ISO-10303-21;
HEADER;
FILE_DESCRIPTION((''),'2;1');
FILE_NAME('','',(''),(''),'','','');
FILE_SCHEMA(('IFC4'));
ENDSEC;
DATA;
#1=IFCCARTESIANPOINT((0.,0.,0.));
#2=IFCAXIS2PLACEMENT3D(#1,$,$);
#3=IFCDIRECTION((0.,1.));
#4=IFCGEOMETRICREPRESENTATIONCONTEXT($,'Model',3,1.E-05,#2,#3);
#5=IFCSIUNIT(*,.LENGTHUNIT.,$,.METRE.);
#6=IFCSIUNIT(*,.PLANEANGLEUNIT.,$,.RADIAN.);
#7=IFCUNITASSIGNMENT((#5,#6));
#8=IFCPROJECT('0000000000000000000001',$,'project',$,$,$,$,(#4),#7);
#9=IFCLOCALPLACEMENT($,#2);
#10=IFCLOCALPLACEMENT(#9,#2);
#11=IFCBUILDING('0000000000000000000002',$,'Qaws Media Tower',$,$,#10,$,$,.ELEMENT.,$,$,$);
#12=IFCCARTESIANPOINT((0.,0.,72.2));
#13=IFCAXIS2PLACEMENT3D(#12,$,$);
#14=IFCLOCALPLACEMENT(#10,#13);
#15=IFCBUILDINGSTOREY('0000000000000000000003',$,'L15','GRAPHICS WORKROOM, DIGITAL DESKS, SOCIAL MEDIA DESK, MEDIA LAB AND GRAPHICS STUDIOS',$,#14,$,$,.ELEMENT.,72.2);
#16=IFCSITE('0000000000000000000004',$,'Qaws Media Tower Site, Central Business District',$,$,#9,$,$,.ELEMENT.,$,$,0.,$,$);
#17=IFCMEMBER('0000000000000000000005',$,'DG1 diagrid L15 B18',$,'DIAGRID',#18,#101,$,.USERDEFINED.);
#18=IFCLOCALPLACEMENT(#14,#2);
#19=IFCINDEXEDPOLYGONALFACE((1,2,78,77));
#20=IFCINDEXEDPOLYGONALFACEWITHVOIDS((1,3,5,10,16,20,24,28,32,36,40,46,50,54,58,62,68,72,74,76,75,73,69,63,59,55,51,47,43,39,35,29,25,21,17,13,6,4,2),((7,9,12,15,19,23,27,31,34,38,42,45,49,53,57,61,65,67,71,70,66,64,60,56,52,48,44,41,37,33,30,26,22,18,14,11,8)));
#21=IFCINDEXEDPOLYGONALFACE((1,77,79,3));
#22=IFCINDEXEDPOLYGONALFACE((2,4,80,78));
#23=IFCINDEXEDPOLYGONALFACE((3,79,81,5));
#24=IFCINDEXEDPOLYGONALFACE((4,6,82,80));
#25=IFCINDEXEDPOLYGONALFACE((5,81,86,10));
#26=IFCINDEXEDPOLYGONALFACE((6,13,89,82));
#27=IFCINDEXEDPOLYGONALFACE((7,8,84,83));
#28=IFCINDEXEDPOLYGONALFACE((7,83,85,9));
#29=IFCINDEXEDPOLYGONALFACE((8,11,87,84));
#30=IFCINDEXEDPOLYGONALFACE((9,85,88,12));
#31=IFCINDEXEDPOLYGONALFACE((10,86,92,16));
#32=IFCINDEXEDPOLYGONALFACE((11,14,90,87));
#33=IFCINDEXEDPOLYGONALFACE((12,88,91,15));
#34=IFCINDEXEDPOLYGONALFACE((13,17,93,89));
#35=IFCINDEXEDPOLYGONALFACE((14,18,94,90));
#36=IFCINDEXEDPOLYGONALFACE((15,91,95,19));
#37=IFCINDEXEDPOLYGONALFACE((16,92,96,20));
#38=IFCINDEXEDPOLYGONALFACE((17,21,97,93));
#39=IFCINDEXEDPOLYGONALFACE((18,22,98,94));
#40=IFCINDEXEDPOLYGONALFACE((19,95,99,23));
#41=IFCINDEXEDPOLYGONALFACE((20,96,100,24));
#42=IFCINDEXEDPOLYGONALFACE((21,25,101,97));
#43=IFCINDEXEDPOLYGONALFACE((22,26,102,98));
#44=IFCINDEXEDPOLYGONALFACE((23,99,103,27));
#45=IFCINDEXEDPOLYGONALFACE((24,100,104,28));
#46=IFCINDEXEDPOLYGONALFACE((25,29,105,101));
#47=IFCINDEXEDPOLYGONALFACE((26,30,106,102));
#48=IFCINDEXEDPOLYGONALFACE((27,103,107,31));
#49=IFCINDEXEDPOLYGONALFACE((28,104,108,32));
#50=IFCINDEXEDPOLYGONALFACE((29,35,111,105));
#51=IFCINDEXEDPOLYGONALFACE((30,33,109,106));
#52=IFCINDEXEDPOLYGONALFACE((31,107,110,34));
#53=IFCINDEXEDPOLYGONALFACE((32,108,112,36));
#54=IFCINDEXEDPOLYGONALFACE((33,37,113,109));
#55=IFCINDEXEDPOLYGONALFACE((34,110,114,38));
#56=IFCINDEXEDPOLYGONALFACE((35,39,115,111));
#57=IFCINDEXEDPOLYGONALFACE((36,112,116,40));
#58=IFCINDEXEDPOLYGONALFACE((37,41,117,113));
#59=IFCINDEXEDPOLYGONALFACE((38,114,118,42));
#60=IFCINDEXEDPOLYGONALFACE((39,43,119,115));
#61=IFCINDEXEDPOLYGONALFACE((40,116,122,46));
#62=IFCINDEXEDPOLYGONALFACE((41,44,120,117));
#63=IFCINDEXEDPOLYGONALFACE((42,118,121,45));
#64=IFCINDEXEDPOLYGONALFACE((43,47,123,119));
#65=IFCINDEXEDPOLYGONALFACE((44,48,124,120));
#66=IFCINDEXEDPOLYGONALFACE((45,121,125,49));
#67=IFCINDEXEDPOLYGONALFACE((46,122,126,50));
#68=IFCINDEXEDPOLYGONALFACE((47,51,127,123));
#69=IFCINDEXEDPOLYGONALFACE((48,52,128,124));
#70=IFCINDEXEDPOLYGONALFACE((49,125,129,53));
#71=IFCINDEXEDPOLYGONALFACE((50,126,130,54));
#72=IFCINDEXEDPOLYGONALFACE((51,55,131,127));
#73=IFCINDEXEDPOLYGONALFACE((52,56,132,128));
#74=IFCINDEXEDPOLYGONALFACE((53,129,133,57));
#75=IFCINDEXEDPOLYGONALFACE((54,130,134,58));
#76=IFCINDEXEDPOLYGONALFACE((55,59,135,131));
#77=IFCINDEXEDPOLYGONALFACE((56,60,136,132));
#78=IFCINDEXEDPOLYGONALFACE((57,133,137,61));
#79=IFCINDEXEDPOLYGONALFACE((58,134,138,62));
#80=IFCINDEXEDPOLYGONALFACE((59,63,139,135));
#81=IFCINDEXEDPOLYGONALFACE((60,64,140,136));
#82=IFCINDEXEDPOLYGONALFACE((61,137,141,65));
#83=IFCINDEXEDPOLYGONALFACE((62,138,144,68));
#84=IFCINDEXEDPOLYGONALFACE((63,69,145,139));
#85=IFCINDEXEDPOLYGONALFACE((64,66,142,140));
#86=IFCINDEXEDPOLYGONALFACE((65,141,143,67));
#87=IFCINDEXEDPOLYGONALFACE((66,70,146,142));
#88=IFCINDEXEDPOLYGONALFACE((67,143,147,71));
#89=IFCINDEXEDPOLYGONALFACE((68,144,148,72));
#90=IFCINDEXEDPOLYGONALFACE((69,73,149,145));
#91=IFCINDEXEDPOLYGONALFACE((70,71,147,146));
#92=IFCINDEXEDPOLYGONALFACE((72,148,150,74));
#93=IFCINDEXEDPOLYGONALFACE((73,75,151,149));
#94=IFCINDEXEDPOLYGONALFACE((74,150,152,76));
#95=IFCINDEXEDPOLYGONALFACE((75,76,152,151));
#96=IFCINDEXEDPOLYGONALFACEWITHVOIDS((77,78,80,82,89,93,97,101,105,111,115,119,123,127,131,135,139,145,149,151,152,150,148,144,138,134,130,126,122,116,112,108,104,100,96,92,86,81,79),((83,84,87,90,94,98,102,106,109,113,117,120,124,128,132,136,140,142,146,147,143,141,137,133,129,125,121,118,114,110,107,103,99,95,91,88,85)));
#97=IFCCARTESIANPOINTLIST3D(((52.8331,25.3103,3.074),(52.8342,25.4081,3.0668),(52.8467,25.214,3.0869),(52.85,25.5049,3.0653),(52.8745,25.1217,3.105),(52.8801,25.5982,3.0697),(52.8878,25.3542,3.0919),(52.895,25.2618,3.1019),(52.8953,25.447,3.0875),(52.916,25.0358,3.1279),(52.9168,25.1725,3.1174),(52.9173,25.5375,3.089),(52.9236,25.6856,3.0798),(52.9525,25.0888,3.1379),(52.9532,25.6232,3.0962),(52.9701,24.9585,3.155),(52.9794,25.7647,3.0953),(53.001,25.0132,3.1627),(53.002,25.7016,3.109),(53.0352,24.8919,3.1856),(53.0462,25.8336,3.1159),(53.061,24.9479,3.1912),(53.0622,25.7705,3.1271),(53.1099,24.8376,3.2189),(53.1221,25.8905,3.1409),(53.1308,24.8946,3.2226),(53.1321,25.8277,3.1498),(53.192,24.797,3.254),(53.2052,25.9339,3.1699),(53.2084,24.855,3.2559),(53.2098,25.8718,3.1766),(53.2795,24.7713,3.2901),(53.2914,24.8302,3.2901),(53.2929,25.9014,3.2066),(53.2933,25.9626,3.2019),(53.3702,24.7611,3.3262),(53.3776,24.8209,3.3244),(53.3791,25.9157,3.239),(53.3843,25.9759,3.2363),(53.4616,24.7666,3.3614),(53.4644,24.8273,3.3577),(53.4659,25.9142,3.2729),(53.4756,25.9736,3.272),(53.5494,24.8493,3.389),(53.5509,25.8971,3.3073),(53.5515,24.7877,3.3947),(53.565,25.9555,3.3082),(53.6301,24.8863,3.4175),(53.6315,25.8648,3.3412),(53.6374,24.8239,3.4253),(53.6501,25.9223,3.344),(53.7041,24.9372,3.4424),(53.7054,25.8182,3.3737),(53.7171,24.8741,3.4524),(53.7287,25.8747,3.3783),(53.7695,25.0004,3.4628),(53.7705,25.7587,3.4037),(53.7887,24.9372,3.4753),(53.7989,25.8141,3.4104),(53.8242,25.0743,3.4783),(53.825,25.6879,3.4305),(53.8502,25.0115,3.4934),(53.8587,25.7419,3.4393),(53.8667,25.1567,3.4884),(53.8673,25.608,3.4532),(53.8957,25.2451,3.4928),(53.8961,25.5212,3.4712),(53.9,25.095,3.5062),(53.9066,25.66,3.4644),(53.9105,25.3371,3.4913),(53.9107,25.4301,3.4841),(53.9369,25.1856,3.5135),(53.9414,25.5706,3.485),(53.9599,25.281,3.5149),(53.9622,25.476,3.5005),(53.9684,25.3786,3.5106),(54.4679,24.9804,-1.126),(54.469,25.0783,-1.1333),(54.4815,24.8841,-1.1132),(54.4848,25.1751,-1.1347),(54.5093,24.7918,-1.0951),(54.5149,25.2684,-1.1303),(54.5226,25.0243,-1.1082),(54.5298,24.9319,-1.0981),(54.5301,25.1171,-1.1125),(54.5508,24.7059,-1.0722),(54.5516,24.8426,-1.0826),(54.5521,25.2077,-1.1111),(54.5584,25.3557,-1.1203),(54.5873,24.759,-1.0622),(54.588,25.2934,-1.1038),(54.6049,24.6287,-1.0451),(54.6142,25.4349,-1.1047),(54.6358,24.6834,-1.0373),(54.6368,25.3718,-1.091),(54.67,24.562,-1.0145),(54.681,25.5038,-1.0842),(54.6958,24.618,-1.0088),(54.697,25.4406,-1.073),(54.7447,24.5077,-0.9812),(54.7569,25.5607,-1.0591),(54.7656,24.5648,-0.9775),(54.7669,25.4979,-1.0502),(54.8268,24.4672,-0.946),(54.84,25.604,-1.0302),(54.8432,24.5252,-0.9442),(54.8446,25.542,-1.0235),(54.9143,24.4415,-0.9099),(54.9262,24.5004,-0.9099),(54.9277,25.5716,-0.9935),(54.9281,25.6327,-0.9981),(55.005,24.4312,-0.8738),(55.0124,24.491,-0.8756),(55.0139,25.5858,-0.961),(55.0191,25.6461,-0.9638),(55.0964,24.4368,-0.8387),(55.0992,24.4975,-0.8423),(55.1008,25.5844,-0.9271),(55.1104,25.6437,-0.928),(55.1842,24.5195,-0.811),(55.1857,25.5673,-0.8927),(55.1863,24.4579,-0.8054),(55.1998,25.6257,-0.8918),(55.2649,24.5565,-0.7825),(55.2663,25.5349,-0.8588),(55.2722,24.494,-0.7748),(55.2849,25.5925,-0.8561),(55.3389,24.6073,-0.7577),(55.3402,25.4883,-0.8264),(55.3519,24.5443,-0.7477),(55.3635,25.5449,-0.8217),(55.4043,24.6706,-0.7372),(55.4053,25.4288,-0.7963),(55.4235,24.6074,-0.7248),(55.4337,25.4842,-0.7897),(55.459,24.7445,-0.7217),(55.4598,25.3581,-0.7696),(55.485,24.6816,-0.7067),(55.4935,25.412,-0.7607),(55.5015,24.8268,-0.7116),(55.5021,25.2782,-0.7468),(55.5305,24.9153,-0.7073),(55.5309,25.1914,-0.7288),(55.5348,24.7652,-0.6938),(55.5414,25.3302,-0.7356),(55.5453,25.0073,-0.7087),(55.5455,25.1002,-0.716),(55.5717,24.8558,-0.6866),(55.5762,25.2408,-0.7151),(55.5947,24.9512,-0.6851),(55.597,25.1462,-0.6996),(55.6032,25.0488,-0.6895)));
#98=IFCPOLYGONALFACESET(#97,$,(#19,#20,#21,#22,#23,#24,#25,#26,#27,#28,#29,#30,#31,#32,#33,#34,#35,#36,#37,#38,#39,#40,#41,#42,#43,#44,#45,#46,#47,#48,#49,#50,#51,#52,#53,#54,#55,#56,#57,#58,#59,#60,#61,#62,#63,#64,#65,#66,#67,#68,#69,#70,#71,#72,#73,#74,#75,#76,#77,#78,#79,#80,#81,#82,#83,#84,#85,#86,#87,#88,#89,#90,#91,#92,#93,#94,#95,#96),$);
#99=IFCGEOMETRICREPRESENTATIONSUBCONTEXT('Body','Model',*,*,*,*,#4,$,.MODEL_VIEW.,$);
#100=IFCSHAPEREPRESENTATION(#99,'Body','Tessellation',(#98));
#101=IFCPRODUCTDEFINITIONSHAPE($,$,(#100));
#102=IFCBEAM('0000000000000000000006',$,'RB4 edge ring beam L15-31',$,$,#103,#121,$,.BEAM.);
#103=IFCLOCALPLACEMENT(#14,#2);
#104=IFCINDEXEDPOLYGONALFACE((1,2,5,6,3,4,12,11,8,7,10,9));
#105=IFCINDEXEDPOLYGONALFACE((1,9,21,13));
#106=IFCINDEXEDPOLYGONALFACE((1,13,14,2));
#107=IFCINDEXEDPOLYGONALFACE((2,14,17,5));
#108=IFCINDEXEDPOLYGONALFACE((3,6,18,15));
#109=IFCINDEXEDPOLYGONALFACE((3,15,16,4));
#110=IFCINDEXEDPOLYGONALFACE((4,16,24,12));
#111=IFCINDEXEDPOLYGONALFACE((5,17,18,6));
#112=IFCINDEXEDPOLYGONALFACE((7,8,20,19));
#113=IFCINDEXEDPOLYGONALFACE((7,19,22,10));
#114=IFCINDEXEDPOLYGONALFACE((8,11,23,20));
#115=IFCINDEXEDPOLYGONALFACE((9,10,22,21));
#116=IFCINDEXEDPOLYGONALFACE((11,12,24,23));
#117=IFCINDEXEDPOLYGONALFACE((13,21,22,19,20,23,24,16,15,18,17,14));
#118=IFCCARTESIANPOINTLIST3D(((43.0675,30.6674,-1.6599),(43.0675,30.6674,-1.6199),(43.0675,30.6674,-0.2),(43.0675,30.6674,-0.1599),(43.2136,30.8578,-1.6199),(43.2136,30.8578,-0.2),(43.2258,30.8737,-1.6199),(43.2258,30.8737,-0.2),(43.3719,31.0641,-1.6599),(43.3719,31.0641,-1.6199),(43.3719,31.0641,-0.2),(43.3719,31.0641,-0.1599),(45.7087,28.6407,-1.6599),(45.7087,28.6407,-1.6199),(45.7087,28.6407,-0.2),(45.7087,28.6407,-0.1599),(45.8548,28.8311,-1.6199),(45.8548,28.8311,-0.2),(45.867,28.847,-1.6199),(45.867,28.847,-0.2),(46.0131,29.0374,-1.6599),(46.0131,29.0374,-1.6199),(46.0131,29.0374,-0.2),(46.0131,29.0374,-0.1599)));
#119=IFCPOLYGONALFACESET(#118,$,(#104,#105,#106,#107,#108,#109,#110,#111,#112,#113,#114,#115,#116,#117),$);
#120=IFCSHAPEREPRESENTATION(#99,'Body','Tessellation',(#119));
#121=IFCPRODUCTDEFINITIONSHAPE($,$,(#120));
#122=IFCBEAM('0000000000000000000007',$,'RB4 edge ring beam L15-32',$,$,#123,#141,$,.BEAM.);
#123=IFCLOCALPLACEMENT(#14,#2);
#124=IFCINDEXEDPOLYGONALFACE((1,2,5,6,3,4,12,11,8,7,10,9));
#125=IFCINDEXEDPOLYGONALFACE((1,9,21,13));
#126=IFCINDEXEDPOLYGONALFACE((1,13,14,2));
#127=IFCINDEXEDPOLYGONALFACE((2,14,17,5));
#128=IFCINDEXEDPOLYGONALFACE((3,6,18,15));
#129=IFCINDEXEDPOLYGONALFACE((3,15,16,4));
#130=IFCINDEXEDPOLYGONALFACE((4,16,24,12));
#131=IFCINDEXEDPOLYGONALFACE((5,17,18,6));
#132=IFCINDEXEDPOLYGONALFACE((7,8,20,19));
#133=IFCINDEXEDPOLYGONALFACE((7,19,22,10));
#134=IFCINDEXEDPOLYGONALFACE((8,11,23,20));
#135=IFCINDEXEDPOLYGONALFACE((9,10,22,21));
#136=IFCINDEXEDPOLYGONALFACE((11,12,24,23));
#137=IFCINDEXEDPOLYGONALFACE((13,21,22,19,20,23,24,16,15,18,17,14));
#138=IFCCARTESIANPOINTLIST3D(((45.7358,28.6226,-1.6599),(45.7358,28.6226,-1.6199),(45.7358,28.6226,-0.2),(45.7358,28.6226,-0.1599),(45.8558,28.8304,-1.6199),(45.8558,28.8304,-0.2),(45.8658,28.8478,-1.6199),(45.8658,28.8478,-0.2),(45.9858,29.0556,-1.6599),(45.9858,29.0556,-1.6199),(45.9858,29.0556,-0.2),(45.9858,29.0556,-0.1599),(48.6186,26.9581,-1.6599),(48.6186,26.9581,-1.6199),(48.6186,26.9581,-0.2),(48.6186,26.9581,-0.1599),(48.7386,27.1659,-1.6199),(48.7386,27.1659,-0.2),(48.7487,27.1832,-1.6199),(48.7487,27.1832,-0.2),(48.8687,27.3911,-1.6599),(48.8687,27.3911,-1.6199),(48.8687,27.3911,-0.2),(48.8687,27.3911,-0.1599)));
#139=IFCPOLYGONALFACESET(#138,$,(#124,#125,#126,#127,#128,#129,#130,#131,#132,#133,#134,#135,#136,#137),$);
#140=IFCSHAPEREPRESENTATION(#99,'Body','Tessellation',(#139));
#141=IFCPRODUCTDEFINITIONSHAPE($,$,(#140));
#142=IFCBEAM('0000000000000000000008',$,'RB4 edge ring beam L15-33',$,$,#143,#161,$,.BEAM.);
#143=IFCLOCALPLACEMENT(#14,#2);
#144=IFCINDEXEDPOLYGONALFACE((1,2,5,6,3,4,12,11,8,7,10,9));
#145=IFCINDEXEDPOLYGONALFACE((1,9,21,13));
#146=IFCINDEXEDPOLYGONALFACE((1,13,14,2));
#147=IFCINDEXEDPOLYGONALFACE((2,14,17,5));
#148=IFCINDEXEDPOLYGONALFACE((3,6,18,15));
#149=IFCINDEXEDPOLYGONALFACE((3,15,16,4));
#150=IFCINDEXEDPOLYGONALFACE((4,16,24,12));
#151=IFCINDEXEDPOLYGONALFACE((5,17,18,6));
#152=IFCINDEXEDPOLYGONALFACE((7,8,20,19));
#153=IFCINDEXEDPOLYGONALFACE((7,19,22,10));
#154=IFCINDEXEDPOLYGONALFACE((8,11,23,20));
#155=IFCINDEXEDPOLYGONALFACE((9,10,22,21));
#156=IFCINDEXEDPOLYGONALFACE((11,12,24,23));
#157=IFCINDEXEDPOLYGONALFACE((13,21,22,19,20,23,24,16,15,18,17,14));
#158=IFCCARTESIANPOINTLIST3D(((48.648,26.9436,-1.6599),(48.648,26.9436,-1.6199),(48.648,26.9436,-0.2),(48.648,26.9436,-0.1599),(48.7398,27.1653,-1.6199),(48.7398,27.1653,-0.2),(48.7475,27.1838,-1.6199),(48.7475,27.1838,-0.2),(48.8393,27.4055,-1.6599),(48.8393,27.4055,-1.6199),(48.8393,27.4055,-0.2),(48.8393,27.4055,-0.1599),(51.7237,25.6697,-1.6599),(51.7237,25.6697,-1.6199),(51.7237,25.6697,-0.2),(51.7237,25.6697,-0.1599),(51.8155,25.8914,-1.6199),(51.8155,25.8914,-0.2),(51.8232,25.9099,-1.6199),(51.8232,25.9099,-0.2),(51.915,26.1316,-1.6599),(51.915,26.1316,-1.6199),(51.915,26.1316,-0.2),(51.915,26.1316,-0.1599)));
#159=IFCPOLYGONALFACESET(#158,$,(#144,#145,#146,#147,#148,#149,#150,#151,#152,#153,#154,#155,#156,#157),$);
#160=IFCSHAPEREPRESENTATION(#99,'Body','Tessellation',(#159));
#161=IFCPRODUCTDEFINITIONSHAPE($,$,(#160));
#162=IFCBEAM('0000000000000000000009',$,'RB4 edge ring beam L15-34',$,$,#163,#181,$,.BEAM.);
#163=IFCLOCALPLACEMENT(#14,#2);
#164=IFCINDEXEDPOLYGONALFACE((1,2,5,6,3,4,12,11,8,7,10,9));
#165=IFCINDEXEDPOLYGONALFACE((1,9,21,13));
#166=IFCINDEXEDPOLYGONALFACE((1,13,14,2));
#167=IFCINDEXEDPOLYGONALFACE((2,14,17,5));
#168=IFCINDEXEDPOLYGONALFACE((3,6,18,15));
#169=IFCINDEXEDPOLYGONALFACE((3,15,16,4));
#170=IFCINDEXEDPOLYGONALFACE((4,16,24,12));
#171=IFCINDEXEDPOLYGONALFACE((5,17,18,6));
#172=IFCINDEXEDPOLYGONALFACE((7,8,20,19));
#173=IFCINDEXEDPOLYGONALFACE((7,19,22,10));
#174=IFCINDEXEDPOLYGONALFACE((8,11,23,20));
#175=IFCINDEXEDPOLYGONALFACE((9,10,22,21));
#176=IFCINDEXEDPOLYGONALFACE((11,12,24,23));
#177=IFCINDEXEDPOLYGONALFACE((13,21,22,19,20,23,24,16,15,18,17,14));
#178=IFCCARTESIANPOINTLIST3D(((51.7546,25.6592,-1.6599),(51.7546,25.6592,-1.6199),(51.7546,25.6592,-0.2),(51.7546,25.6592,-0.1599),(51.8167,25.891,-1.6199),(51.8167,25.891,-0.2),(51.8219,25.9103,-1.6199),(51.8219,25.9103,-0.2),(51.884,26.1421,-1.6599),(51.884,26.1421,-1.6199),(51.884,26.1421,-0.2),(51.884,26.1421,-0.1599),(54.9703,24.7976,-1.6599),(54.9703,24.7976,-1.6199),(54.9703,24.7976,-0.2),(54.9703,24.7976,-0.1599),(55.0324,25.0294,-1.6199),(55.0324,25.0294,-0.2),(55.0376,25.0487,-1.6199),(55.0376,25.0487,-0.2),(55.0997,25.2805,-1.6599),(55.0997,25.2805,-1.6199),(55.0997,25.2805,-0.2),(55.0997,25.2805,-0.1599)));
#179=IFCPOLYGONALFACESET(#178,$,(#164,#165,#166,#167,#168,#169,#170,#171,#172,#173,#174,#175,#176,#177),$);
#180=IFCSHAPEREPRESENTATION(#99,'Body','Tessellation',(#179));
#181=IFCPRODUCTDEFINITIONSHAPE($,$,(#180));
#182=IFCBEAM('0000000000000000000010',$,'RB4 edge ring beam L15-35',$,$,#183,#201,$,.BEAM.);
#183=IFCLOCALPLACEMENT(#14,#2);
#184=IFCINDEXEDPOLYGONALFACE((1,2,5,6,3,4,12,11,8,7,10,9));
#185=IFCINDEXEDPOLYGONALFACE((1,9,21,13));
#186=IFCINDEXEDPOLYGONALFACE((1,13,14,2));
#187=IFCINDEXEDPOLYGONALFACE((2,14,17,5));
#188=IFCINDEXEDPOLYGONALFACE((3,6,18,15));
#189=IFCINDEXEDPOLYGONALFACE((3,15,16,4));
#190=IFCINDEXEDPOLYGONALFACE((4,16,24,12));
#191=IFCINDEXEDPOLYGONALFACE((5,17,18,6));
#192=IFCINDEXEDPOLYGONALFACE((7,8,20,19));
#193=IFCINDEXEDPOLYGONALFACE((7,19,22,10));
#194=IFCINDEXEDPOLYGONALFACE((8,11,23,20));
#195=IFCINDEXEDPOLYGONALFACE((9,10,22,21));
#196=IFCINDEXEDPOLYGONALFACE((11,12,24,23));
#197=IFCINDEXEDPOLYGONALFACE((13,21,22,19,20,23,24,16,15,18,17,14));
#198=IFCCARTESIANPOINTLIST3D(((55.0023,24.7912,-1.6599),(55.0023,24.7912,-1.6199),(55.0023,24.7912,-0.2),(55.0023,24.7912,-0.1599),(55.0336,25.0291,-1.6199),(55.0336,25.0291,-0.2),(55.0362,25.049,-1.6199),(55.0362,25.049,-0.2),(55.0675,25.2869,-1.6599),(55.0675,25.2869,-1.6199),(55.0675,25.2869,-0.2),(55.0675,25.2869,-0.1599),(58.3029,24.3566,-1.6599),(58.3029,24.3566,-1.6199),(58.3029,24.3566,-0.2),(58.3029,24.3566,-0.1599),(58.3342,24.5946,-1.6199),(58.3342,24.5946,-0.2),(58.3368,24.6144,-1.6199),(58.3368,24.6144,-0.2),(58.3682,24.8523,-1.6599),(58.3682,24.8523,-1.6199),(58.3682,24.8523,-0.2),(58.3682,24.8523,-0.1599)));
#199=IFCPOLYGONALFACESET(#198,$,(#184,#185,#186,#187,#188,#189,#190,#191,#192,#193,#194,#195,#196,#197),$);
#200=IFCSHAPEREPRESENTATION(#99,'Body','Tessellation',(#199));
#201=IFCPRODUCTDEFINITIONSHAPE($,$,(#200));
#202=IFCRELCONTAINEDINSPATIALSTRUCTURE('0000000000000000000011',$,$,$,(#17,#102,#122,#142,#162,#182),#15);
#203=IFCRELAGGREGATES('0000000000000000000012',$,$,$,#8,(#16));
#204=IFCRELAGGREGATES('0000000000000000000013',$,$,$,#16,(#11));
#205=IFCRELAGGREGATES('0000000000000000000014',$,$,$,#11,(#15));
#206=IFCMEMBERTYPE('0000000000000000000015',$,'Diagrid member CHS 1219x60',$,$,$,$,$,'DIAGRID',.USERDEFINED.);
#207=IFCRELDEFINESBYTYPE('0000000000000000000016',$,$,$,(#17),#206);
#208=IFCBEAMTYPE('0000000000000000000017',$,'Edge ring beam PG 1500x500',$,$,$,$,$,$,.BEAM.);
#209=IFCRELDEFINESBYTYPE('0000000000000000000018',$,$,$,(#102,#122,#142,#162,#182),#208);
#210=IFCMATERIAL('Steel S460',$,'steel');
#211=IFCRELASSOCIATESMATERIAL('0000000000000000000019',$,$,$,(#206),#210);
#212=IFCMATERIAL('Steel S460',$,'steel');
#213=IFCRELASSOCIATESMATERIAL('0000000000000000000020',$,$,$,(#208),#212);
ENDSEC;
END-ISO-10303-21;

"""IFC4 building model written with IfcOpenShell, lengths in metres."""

from ifc_helpers import new_model, si_unit, direction, frame, origin, origin_2d, place, context, subcontext, project, spatial, hollow_circle, i_section, extrude, material, material_profile, profile_set, type_object, element, save


model = new_model("IFC4")

# Units and contexts
model_context = context("Model", 3, precision=1e-05, world=origin(), true_north=direction((0.0, 1.0)))
body_context = subcontext(model_context, "Body", "Model", "MODEL_VIEW")
ifc_project = project(units=[si_unit("LENGTHUNIT", "METRE"), si_unit("PLANEANGLEUNIT", "RADIAN")], contexts=[model_context])

# Site, building, storey
site_placement = place(None, origin())
site = spatial("IfcSite", under=ifc_project, at=site_placement, Name="Qaws Media Tower Site, Central Business District", CompositionType="ELEMENT", RefElevation=0.0)
building_placement = place(site_placement, origin())
building = spatial("IfcBuilding", under=site, at=building_placement, Name="Qaws Media Tower", CompositionType="ELEMENT")
storey_placement = place(building_placement, frame((0.0, 0.0, 72.2)))
storey = spatial("IfcBuildingStorey", under=building, at=storey_placement, Name="L15", Description="GRAPHICS WORKROOM, DIGITAL DESKS, SOCIAL MEDIA DESK, MEDIA LAB AND GRAPHICS STUDIOS", CompositionType="ELEMENT", Elevation=72.2)

# Member
ifc_material_1 = material(Name="Steel S460", Category="steel")
ifc_material_profile_1 = material_profile(ifc_material_1, hollow_circle(Radius=0.6096, WallThickness=0.0601, at=origin_2d()), Name="CHS 1219x60")
ifc_profile_set_1 = profile_set([ifc_material_profile_1], Name="Steel S460")
member_type_1 = type_object("IfcMemberType", Name="Diagrid member CHS 1219x60", ElementType="DIAGRID", PredefinedType="USERDEFINED", material=ifc_profile_set_1)
for number, where, z_axis, x_axis, name in (
    (1, (55.0349, 25.0391, -0.9099), (-0.361758, 0.072989, 0.92941), (-0.197777, -0.980247, 0.0), "DG1 diagrid L15 B18"),
):
    element("IfcMember", number, at=place(storey_placement, frame(where, z_axis=z_axis, x_axis=x_axis)), inside=storey, type_object=member_type_1, Name=name, ObjectType="DIAGRID", PredefinedType="USERDEFINED", context=body_context, shape_type="SweptSolid", body=[
        extrude(hollow_circle(Radius=0.6096, WallThickness=0.0601, at=origin_2d()), origin(), (0.0, 0.0, 1.0), 4.519),
    ])

# Beams
ifc_material_2 = material(Name="Steel S460", Category="steel")
ifc_material_profile_2 = material_profile(ifc_material_2, i_section(OverallWidth=0.5, OverallDepth=1.5, WebThickness=0.02, FlangeThickness=0.04, at=origin_2d()), Name="PG 1500x500")
ifc_profile_set_2 = profile_set([ifc_material_profile_2], Name="Steel S460")
beam_type = type_object("IfcBeamType", Name="Edge ring beam PG 1500x500", PredefinedType="BEAM", material=ifc_profile_set_2)
beam_1_placement = place(storey_placement, frame((43.2197, 30.8657, -0.9099), z_axis=(0.793351, -0.608764, 0.0), x_axis=(0.608764, 0.793351, 0.0)))
element("IfcBeam", 2, at=beam_1_placement, inside=storey, type_object=beam_type, Name="RB4 edge ring beam L15-31", PredefinedType="BEAM", context=body_context, shape_type="SweptSolid", body=[
    extrude(i_section(OverallWidth=0.5, OverallDepth=1.5, WebThickness=0.02, FlangeThickness=0.04, at=origin_2d()), origin(), (0.0, 0.0, 1.0), 3.3291),
])
beam_2_placement = place(storey_placement, frame((45.8608, 28.8391, -0.9099), z_axis=(0.866005, -0.500036, 0.0), x_axis=(0.500036, 0.866005, 0.0)))
element("IfcBeam", 3, at=beam_2_placement, inside=storey, type_object=beam_type, Name="RB4 edge ring beam L15-32", PredefinedType="BEAM", context=body_context, shape_type="SweptSolid", body=[
    extrude(i_section(OverallWidth=0.5, OverallDepth=1.5, WebThickness=0.02, FlangeThickness=0.04, at=origin_2d()), origin(), (0.0, 0.0, 1.0), 3.3289),
])
for number, where, z_axis, x_axis, name in (
    (4, (48.7437, 27.1746, -0.9099), (0.923886, -0.382667, 0.0), (0.382667, 0.923886, 0.0), "RB4 edge ring beam L15-33"),
    (5, (51.8193, 25.9006, -0.9099), (0.965929, -0.258808, 0.0), (0.258808, 0.965929, 0.0), "RB4 edge ring beam L15-34"),
    (6, (55.0349, 25.0391, -0.9099), (0.991443, -0.13054, 0.0), (0.13054, 0.991443, 0.0), "RB4 edge ring beam L15-35"),
):
    element("IfcBeam", number, at=place(storey_placement, frame(where, z_axis=z_axis, x_axis=x_axis)), inside=storey, type_object=beam_type, Name=name, PredefinedType="BEAM", context=body_context, shape_type="SweptSolid", body=[
        extrude(i_section(OverallWidth=0.5, OverallDepth=1.5, WebThickness=0.02, FlangeThickness=0.04, at=origin_2d()), origin(), (0.0, 0.0, 1.0), 3.3291),
    ])

save(model, "model.ifc")
